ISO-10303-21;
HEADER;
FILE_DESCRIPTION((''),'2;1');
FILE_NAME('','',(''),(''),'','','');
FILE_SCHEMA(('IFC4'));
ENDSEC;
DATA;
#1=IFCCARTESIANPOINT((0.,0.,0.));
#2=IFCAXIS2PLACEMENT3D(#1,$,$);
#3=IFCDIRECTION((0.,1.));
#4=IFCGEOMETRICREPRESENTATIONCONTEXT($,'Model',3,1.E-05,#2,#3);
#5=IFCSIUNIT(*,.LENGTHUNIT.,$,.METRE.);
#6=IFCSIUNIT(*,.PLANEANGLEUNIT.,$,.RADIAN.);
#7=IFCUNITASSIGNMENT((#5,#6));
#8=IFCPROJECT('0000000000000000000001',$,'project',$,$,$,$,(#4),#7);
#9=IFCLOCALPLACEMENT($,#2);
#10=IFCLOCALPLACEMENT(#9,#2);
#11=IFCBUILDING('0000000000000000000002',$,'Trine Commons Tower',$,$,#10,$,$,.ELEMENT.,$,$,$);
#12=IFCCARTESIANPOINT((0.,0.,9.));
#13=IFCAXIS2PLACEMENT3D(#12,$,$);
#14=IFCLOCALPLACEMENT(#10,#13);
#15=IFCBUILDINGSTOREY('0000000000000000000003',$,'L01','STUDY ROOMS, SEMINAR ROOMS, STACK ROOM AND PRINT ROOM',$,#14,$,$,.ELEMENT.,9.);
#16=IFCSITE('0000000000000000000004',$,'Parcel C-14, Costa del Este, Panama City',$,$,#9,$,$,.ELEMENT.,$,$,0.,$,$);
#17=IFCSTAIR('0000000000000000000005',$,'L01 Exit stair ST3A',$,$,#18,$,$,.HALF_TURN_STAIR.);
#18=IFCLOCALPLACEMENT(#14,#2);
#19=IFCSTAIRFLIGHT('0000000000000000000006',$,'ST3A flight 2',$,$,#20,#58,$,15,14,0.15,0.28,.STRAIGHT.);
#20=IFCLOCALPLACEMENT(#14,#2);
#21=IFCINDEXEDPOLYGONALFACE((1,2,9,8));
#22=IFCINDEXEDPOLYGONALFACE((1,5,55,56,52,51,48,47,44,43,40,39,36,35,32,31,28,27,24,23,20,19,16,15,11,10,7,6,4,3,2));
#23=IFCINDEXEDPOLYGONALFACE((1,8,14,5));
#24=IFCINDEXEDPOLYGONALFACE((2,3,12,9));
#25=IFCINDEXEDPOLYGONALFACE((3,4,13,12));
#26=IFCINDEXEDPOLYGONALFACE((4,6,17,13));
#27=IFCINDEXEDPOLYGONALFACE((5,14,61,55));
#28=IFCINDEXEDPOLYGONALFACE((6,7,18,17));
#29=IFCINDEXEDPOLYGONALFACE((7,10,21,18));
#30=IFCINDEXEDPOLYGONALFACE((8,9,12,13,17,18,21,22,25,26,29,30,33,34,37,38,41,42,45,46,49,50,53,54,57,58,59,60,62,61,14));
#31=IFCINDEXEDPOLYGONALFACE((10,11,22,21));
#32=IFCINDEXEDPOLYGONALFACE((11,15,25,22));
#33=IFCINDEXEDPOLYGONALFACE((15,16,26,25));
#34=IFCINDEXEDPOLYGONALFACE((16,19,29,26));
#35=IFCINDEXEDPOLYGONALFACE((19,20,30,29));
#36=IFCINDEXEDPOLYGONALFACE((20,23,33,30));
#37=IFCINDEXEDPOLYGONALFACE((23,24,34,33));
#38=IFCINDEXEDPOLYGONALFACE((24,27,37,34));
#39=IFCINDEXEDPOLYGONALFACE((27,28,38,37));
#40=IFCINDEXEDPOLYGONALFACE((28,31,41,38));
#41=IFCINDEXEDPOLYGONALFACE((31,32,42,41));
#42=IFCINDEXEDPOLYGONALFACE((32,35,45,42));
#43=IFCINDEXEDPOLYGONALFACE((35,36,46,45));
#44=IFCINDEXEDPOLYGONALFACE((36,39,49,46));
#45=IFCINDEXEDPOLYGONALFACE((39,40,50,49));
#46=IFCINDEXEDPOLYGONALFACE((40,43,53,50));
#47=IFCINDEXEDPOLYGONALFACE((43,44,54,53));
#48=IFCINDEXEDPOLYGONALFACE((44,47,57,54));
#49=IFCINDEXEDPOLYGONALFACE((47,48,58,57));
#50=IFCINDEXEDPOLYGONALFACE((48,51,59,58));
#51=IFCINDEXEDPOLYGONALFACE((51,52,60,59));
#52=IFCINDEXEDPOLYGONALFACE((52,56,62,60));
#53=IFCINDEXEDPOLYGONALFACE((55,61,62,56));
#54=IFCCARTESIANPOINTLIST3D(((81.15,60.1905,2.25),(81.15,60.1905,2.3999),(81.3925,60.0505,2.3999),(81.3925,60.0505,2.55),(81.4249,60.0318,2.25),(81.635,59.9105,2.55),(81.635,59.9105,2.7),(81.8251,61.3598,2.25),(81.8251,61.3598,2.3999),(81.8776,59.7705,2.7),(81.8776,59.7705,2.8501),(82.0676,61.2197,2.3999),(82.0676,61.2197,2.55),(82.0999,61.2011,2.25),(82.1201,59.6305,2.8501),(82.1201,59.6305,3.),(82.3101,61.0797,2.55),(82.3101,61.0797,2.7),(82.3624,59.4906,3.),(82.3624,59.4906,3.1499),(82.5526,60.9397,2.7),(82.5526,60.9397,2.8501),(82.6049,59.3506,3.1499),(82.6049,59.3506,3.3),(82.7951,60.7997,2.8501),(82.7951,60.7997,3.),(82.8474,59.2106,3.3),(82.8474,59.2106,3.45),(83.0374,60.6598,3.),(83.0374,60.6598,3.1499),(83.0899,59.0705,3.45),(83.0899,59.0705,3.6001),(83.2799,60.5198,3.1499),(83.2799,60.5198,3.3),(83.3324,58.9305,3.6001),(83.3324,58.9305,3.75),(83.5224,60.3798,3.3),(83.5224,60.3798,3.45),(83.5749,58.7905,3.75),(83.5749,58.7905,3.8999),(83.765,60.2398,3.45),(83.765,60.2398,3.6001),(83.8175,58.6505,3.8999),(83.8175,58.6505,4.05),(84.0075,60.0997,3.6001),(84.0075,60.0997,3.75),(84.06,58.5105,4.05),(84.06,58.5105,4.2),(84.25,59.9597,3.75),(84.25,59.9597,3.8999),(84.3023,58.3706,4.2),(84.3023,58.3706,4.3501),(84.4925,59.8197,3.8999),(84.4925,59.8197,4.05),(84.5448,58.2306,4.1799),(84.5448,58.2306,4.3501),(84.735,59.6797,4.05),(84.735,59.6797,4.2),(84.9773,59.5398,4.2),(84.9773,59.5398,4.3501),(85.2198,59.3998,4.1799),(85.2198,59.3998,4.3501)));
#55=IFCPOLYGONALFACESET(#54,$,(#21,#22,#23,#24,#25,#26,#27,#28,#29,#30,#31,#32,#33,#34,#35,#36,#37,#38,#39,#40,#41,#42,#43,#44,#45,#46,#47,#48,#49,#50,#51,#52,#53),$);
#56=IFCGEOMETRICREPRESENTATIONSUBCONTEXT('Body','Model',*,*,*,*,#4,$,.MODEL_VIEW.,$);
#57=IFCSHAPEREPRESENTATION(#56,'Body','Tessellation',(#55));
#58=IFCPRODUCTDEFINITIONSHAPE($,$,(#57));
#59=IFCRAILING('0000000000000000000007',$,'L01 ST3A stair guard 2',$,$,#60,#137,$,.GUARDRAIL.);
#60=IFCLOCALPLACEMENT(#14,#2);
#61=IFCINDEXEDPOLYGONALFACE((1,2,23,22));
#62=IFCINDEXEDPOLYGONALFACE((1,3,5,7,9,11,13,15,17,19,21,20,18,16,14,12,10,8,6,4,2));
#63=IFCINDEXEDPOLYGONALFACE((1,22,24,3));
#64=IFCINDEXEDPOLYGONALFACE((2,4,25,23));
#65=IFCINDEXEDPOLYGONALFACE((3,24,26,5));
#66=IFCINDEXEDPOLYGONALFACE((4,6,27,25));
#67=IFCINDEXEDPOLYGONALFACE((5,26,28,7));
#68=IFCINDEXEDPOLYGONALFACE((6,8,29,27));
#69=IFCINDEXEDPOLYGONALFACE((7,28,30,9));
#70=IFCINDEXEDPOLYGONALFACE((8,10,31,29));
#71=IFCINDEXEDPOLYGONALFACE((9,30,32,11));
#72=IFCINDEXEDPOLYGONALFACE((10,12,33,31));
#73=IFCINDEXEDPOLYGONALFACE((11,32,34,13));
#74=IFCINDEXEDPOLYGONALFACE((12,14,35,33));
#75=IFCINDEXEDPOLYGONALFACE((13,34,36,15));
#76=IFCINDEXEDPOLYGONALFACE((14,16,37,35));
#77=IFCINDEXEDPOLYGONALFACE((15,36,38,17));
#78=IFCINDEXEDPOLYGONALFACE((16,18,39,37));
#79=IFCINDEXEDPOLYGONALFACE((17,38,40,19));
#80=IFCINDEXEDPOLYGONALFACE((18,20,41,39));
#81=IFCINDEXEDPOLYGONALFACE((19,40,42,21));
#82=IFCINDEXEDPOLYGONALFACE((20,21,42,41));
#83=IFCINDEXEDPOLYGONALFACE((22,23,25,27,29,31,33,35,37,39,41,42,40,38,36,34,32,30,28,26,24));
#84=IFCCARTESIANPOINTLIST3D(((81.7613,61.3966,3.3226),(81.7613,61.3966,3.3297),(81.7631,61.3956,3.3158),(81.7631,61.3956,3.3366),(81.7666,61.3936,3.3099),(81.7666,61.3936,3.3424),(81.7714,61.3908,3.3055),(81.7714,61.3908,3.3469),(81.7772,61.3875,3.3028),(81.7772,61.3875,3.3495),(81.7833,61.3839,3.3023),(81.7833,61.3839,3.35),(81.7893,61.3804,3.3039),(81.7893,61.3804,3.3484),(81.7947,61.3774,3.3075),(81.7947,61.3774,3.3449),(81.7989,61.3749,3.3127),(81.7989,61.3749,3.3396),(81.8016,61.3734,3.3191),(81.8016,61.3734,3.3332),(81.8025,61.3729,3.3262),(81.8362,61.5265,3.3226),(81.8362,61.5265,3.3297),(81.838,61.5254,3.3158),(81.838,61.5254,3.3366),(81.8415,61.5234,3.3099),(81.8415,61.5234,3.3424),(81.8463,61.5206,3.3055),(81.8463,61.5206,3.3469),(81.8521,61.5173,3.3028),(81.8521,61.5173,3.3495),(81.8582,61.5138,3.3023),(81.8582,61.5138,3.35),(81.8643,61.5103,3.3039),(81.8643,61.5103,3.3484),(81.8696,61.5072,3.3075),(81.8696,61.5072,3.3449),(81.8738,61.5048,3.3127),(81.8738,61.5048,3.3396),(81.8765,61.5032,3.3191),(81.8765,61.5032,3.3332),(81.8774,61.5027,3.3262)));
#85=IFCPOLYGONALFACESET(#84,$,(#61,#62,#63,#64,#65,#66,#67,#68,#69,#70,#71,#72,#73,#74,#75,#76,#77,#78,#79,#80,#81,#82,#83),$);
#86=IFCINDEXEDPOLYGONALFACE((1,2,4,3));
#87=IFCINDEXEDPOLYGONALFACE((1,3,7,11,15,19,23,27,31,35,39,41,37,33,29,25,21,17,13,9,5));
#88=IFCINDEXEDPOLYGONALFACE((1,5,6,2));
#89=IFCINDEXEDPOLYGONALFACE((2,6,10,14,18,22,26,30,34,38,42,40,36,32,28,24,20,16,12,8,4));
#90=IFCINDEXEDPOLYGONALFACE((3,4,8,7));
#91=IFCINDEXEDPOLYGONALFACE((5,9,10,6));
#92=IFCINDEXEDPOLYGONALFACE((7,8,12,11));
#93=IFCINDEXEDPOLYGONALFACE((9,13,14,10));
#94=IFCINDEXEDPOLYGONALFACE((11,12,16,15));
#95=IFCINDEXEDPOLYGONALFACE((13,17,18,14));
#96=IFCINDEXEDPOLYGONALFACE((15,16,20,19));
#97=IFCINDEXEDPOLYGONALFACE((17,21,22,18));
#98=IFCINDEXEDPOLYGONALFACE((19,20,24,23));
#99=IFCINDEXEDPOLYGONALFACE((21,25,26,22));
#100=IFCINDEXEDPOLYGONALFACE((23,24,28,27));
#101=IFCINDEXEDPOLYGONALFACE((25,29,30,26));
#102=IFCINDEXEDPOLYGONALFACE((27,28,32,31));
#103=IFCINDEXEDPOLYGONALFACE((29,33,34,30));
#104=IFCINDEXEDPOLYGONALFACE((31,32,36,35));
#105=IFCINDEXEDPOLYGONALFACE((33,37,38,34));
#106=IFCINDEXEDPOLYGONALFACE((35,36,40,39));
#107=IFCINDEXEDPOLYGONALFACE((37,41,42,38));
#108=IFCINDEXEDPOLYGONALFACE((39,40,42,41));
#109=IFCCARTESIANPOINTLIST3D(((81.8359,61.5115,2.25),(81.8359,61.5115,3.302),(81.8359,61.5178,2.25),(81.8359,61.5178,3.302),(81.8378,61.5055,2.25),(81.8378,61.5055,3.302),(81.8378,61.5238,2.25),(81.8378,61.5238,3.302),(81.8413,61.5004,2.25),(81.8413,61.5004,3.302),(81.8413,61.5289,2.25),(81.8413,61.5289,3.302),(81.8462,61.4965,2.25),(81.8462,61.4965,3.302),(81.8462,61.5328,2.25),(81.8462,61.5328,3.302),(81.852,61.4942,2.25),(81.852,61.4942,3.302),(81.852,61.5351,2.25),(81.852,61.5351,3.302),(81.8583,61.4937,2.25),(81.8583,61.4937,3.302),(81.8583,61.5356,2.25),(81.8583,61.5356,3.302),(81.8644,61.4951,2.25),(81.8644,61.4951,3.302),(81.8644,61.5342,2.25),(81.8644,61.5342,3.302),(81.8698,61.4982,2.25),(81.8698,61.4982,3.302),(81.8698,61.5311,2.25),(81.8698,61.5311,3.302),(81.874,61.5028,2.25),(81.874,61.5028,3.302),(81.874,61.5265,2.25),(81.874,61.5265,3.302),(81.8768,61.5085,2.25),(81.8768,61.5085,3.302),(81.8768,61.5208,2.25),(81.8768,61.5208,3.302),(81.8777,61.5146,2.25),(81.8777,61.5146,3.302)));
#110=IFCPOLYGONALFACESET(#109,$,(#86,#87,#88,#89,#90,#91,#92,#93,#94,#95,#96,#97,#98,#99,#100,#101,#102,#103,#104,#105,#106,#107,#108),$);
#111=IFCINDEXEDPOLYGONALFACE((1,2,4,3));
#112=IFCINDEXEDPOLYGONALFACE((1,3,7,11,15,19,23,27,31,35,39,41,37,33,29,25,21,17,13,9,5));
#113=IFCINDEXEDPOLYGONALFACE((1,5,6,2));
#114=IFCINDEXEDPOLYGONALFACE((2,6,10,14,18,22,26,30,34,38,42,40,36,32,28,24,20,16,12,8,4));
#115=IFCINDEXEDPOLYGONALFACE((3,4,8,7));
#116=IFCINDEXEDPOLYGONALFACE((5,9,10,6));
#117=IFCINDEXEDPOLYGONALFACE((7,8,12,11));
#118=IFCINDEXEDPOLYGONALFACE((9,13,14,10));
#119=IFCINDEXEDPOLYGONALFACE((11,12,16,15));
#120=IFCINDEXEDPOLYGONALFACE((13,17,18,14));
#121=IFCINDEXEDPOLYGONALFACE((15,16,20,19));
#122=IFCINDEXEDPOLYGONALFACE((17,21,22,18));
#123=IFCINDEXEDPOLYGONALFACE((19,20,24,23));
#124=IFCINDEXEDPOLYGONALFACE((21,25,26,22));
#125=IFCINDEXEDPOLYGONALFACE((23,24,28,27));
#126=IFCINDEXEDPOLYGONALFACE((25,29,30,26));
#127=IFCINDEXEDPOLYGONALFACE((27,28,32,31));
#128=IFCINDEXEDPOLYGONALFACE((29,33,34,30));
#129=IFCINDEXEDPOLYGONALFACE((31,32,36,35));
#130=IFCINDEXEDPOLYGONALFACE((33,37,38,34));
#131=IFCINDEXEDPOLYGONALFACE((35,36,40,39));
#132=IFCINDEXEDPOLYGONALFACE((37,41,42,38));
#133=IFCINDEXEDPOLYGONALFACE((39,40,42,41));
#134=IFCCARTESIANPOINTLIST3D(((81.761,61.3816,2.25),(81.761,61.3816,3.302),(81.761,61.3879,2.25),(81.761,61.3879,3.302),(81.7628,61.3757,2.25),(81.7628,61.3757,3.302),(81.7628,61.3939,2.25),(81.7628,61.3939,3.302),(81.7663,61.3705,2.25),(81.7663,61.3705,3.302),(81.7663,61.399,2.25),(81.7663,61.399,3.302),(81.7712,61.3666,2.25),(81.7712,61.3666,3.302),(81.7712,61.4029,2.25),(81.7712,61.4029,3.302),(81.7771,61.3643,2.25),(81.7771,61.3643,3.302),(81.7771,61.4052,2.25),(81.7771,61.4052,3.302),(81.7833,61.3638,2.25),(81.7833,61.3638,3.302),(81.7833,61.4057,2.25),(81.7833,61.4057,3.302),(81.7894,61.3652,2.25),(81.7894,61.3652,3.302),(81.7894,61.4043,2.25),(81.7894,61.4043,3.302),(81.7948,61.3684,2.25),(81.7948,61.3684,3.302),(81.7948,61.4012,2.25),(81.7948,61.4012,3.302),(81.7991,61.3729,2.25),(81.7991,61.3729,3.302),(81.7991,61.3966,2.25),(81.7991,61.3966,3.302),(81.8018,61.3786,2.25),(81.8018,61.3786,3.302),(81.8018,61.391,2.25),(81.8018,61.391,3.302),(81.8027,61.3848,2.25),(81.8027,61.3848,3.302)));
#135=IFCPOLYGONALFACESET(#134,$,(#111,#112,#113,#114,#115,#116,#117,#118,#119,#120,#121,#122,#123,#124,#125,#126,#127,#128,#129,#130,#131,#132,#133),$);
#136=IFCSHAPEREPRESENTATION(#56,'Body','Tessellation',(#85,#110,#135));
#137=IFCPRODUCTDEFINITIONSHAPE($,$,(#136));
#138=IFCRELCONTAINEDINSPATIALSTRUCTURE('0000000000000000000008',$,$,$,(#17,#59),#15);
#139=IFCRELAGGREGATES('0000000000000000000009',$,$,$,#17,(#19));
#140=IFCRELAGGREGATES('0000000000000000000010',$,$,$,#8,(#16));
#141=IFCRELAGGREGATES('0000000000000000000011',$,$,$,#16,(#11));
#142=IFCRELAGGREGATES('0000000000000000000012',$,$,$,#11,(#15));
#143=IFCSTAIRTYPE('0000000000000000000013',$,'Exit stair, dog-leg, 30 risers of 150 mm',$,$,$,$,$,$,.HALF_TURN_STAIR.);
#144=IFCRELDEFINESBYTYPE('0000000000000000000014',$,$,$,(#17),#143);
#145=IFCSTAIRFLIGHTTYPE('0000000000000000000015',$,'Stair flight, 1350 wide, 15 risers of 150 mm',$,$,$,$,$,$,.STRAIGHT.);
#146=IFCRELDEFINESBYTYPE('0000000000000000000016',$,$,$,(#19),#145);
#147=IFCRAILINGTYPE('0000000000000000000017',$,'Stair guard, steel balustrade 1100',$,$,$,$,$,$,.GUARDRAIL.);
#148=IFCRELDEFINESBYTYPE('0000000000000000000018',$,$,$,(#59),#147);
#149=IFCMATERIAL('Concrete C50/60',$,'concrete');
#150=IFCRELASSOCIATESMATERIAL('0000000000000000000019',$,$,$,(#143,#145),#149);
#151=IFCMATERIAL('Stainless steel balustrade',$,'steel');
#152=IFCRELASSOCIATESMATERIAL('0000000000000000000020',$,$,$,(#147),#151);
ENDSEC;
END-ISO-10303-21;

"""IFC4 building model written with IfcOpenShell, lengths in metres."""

from ifc_helpers import new_model, si_unit, direction, frame, origin, origin_2d, place, context, subcontext, project, spatial, polyline, circle, outline, extrude, material, type_object, element, aggregate, save


model = new_model("IFC4")

# Units and contexts
model_context = context("Model", 3, precision=1e-05, world=origin(), true_north=direction((0.0, 1.0)))
body_context = subcontext(model_context, "Body", "Model", "MODEL_VIEW")
ifc_project = project(units=[si_unit("LENGTHUNIT", "METRE"), si_unit("PLANEANGLEUNIT", "RADIAN")], contexts=[model_context])

# Site, building, storey
site_placement = place(None, origin())
site = spatial("IfcSite", under=ifc_project, at=site_placement, Name="Parcel C-14, Costa del Este, Panama City", CompositionType="ELEMENT", RefElevation=0.0)
building_placement = place(site_placement, origin())
building = spatial("IfcBuilding", under=site, at=building_placement, Name="Trine Commons Tower", CompositionType="ELEMENT")
storey_placement = place(building_placement, frame((0.0, 0.0, 9.0)))
storey = spatial("IfcBuildingStorey", under=building, at=storey_placement, Name="L01", Description="STUDY ROOMS, SEMINAR ROOMS, STACK ROOM AND PRINT ROOM", CompositionType="ELEMENT", Elevation=9.0)

# Stair, stair flight
ifc_material_1 = material(Name="Concrete C50/60", Category="concrete")
stair_type = type_object("IfcStairType", Name="Exit stair, dog-leg, 30 risers of 150 mm", PredefinedType="HALF_TURN_STAIR", material=ifc_material_1)
stair_placement = place(storey_placement, origin())
stair = element("IfcStair", 1, at=stair_placement, inside=storey, type_object=stair_type, Name="L01 Exit stair ST3A", PredefinedType="HALF_TURN_STAIR")
stair_flight_type = type_object("IfcStairFlightType", Name="Stair flight, 1350 wide, 15 risers of 150 mm", PredefinedType="STRAIGHT", material=ifc_material_1)
stair_flight_placement = place(storey_placement, frame((81.4875, 60.7751, 2.25), z_axis=(0.0, 0.0, 1.0), x_axis=(0.866025, -0.5, 0.0)))
stair_flight = element("IfcStairFlight", 2, at=stair_flight_placement, type_object=stair_flight_type, Name="ST3A flight 2", NumberOfRisers=15, NumberOfTreads=14, PredefinedType="STRAIGHT", RiserHeight=0.15, TreadLength=0.28, context=body_context, shape_type="SweptSolid", body=[
    extrude(outline(polyline([(0.0, 0.0), (0.0, 0.1499), (0.28, 0.1499), (0.28, 0.3), (0.5601, 0.3), (0.5601, 0.45), (0.8401, 0.45), (0.8401, 0.6001), (1.1201, 0.6001), (1.1201, 0.75), (1.3999, 0.75), (1.3999, 0.8999), (1.6799, 0.8999), (1.6799, 1.05), (1.96, 1.05), (1.96, 1.2), (2.24, 1.2), (2.24, 1.3501), (2.52, 1.3501), (2.52, 1.5), (2.8, 1.5), (2.8, 1.6499), (3.0801, 1.6499), (3.0801, 1.8), (3.3601, 1.8), (3.3601, 1.95), (3.6399, 1.95), (3.6399, 2.1001), (3.9199, 2.1001), (3.9199, 2.25), (3.9199, 1.9299), (0.3174, 0.0), (0.0, 0.0)])), frame((0.0, 0.675, 0.0), z_axis=(0.0, -1.0, 0.0), x_axis=(1.0, 0.0, 0.0)), (0.0, 0.0, 1.0), 1.3501),
])
aggregate(stair, [stair_flight])

# Railing
ifc_material_2 = material(Name="Stainless steel balustrade", Category="steel")
railing_type_1 = type_object("IfcRailingType", Name="Stair guard, steel balustrade 1100", PredefinedType="GUARDRAIL", material=ifc_material_2)
railing_1_placement = place(storey_placement, frame((81.8567, 61.5146, 2.25)))
element("IfcRailing", 3, at=railing_1_placement, inside=storey, type_object=railing_type_1, Name="L01 ST3A stair guard 2", PredefinedType="GUARDRAIL", context=body_context, shape_type="SweptSolid", body=[
    extrude(circle(Radius=0.0239, at=origin_2d()), frame((0.0, 0.0, 1.0762), z_axis=(-0.499816, -0.866131, 0.0), x_axis=(0.866131, -0.499816, 0.0)), (0.0, 0.0, 1.0), 0.1499),
    extrude(circle(Radius=0.021, at=origin_2d()), origin(), (0.0, 0.0, 1.0), 1.052),
    extrude(circle(Radius=0.021, at=origin_2d()), frame((-0.075, -0.1299, 0.0)), (0.0, 0.0, 1.0), 1.052),
])

save(model, "model.ifc")
